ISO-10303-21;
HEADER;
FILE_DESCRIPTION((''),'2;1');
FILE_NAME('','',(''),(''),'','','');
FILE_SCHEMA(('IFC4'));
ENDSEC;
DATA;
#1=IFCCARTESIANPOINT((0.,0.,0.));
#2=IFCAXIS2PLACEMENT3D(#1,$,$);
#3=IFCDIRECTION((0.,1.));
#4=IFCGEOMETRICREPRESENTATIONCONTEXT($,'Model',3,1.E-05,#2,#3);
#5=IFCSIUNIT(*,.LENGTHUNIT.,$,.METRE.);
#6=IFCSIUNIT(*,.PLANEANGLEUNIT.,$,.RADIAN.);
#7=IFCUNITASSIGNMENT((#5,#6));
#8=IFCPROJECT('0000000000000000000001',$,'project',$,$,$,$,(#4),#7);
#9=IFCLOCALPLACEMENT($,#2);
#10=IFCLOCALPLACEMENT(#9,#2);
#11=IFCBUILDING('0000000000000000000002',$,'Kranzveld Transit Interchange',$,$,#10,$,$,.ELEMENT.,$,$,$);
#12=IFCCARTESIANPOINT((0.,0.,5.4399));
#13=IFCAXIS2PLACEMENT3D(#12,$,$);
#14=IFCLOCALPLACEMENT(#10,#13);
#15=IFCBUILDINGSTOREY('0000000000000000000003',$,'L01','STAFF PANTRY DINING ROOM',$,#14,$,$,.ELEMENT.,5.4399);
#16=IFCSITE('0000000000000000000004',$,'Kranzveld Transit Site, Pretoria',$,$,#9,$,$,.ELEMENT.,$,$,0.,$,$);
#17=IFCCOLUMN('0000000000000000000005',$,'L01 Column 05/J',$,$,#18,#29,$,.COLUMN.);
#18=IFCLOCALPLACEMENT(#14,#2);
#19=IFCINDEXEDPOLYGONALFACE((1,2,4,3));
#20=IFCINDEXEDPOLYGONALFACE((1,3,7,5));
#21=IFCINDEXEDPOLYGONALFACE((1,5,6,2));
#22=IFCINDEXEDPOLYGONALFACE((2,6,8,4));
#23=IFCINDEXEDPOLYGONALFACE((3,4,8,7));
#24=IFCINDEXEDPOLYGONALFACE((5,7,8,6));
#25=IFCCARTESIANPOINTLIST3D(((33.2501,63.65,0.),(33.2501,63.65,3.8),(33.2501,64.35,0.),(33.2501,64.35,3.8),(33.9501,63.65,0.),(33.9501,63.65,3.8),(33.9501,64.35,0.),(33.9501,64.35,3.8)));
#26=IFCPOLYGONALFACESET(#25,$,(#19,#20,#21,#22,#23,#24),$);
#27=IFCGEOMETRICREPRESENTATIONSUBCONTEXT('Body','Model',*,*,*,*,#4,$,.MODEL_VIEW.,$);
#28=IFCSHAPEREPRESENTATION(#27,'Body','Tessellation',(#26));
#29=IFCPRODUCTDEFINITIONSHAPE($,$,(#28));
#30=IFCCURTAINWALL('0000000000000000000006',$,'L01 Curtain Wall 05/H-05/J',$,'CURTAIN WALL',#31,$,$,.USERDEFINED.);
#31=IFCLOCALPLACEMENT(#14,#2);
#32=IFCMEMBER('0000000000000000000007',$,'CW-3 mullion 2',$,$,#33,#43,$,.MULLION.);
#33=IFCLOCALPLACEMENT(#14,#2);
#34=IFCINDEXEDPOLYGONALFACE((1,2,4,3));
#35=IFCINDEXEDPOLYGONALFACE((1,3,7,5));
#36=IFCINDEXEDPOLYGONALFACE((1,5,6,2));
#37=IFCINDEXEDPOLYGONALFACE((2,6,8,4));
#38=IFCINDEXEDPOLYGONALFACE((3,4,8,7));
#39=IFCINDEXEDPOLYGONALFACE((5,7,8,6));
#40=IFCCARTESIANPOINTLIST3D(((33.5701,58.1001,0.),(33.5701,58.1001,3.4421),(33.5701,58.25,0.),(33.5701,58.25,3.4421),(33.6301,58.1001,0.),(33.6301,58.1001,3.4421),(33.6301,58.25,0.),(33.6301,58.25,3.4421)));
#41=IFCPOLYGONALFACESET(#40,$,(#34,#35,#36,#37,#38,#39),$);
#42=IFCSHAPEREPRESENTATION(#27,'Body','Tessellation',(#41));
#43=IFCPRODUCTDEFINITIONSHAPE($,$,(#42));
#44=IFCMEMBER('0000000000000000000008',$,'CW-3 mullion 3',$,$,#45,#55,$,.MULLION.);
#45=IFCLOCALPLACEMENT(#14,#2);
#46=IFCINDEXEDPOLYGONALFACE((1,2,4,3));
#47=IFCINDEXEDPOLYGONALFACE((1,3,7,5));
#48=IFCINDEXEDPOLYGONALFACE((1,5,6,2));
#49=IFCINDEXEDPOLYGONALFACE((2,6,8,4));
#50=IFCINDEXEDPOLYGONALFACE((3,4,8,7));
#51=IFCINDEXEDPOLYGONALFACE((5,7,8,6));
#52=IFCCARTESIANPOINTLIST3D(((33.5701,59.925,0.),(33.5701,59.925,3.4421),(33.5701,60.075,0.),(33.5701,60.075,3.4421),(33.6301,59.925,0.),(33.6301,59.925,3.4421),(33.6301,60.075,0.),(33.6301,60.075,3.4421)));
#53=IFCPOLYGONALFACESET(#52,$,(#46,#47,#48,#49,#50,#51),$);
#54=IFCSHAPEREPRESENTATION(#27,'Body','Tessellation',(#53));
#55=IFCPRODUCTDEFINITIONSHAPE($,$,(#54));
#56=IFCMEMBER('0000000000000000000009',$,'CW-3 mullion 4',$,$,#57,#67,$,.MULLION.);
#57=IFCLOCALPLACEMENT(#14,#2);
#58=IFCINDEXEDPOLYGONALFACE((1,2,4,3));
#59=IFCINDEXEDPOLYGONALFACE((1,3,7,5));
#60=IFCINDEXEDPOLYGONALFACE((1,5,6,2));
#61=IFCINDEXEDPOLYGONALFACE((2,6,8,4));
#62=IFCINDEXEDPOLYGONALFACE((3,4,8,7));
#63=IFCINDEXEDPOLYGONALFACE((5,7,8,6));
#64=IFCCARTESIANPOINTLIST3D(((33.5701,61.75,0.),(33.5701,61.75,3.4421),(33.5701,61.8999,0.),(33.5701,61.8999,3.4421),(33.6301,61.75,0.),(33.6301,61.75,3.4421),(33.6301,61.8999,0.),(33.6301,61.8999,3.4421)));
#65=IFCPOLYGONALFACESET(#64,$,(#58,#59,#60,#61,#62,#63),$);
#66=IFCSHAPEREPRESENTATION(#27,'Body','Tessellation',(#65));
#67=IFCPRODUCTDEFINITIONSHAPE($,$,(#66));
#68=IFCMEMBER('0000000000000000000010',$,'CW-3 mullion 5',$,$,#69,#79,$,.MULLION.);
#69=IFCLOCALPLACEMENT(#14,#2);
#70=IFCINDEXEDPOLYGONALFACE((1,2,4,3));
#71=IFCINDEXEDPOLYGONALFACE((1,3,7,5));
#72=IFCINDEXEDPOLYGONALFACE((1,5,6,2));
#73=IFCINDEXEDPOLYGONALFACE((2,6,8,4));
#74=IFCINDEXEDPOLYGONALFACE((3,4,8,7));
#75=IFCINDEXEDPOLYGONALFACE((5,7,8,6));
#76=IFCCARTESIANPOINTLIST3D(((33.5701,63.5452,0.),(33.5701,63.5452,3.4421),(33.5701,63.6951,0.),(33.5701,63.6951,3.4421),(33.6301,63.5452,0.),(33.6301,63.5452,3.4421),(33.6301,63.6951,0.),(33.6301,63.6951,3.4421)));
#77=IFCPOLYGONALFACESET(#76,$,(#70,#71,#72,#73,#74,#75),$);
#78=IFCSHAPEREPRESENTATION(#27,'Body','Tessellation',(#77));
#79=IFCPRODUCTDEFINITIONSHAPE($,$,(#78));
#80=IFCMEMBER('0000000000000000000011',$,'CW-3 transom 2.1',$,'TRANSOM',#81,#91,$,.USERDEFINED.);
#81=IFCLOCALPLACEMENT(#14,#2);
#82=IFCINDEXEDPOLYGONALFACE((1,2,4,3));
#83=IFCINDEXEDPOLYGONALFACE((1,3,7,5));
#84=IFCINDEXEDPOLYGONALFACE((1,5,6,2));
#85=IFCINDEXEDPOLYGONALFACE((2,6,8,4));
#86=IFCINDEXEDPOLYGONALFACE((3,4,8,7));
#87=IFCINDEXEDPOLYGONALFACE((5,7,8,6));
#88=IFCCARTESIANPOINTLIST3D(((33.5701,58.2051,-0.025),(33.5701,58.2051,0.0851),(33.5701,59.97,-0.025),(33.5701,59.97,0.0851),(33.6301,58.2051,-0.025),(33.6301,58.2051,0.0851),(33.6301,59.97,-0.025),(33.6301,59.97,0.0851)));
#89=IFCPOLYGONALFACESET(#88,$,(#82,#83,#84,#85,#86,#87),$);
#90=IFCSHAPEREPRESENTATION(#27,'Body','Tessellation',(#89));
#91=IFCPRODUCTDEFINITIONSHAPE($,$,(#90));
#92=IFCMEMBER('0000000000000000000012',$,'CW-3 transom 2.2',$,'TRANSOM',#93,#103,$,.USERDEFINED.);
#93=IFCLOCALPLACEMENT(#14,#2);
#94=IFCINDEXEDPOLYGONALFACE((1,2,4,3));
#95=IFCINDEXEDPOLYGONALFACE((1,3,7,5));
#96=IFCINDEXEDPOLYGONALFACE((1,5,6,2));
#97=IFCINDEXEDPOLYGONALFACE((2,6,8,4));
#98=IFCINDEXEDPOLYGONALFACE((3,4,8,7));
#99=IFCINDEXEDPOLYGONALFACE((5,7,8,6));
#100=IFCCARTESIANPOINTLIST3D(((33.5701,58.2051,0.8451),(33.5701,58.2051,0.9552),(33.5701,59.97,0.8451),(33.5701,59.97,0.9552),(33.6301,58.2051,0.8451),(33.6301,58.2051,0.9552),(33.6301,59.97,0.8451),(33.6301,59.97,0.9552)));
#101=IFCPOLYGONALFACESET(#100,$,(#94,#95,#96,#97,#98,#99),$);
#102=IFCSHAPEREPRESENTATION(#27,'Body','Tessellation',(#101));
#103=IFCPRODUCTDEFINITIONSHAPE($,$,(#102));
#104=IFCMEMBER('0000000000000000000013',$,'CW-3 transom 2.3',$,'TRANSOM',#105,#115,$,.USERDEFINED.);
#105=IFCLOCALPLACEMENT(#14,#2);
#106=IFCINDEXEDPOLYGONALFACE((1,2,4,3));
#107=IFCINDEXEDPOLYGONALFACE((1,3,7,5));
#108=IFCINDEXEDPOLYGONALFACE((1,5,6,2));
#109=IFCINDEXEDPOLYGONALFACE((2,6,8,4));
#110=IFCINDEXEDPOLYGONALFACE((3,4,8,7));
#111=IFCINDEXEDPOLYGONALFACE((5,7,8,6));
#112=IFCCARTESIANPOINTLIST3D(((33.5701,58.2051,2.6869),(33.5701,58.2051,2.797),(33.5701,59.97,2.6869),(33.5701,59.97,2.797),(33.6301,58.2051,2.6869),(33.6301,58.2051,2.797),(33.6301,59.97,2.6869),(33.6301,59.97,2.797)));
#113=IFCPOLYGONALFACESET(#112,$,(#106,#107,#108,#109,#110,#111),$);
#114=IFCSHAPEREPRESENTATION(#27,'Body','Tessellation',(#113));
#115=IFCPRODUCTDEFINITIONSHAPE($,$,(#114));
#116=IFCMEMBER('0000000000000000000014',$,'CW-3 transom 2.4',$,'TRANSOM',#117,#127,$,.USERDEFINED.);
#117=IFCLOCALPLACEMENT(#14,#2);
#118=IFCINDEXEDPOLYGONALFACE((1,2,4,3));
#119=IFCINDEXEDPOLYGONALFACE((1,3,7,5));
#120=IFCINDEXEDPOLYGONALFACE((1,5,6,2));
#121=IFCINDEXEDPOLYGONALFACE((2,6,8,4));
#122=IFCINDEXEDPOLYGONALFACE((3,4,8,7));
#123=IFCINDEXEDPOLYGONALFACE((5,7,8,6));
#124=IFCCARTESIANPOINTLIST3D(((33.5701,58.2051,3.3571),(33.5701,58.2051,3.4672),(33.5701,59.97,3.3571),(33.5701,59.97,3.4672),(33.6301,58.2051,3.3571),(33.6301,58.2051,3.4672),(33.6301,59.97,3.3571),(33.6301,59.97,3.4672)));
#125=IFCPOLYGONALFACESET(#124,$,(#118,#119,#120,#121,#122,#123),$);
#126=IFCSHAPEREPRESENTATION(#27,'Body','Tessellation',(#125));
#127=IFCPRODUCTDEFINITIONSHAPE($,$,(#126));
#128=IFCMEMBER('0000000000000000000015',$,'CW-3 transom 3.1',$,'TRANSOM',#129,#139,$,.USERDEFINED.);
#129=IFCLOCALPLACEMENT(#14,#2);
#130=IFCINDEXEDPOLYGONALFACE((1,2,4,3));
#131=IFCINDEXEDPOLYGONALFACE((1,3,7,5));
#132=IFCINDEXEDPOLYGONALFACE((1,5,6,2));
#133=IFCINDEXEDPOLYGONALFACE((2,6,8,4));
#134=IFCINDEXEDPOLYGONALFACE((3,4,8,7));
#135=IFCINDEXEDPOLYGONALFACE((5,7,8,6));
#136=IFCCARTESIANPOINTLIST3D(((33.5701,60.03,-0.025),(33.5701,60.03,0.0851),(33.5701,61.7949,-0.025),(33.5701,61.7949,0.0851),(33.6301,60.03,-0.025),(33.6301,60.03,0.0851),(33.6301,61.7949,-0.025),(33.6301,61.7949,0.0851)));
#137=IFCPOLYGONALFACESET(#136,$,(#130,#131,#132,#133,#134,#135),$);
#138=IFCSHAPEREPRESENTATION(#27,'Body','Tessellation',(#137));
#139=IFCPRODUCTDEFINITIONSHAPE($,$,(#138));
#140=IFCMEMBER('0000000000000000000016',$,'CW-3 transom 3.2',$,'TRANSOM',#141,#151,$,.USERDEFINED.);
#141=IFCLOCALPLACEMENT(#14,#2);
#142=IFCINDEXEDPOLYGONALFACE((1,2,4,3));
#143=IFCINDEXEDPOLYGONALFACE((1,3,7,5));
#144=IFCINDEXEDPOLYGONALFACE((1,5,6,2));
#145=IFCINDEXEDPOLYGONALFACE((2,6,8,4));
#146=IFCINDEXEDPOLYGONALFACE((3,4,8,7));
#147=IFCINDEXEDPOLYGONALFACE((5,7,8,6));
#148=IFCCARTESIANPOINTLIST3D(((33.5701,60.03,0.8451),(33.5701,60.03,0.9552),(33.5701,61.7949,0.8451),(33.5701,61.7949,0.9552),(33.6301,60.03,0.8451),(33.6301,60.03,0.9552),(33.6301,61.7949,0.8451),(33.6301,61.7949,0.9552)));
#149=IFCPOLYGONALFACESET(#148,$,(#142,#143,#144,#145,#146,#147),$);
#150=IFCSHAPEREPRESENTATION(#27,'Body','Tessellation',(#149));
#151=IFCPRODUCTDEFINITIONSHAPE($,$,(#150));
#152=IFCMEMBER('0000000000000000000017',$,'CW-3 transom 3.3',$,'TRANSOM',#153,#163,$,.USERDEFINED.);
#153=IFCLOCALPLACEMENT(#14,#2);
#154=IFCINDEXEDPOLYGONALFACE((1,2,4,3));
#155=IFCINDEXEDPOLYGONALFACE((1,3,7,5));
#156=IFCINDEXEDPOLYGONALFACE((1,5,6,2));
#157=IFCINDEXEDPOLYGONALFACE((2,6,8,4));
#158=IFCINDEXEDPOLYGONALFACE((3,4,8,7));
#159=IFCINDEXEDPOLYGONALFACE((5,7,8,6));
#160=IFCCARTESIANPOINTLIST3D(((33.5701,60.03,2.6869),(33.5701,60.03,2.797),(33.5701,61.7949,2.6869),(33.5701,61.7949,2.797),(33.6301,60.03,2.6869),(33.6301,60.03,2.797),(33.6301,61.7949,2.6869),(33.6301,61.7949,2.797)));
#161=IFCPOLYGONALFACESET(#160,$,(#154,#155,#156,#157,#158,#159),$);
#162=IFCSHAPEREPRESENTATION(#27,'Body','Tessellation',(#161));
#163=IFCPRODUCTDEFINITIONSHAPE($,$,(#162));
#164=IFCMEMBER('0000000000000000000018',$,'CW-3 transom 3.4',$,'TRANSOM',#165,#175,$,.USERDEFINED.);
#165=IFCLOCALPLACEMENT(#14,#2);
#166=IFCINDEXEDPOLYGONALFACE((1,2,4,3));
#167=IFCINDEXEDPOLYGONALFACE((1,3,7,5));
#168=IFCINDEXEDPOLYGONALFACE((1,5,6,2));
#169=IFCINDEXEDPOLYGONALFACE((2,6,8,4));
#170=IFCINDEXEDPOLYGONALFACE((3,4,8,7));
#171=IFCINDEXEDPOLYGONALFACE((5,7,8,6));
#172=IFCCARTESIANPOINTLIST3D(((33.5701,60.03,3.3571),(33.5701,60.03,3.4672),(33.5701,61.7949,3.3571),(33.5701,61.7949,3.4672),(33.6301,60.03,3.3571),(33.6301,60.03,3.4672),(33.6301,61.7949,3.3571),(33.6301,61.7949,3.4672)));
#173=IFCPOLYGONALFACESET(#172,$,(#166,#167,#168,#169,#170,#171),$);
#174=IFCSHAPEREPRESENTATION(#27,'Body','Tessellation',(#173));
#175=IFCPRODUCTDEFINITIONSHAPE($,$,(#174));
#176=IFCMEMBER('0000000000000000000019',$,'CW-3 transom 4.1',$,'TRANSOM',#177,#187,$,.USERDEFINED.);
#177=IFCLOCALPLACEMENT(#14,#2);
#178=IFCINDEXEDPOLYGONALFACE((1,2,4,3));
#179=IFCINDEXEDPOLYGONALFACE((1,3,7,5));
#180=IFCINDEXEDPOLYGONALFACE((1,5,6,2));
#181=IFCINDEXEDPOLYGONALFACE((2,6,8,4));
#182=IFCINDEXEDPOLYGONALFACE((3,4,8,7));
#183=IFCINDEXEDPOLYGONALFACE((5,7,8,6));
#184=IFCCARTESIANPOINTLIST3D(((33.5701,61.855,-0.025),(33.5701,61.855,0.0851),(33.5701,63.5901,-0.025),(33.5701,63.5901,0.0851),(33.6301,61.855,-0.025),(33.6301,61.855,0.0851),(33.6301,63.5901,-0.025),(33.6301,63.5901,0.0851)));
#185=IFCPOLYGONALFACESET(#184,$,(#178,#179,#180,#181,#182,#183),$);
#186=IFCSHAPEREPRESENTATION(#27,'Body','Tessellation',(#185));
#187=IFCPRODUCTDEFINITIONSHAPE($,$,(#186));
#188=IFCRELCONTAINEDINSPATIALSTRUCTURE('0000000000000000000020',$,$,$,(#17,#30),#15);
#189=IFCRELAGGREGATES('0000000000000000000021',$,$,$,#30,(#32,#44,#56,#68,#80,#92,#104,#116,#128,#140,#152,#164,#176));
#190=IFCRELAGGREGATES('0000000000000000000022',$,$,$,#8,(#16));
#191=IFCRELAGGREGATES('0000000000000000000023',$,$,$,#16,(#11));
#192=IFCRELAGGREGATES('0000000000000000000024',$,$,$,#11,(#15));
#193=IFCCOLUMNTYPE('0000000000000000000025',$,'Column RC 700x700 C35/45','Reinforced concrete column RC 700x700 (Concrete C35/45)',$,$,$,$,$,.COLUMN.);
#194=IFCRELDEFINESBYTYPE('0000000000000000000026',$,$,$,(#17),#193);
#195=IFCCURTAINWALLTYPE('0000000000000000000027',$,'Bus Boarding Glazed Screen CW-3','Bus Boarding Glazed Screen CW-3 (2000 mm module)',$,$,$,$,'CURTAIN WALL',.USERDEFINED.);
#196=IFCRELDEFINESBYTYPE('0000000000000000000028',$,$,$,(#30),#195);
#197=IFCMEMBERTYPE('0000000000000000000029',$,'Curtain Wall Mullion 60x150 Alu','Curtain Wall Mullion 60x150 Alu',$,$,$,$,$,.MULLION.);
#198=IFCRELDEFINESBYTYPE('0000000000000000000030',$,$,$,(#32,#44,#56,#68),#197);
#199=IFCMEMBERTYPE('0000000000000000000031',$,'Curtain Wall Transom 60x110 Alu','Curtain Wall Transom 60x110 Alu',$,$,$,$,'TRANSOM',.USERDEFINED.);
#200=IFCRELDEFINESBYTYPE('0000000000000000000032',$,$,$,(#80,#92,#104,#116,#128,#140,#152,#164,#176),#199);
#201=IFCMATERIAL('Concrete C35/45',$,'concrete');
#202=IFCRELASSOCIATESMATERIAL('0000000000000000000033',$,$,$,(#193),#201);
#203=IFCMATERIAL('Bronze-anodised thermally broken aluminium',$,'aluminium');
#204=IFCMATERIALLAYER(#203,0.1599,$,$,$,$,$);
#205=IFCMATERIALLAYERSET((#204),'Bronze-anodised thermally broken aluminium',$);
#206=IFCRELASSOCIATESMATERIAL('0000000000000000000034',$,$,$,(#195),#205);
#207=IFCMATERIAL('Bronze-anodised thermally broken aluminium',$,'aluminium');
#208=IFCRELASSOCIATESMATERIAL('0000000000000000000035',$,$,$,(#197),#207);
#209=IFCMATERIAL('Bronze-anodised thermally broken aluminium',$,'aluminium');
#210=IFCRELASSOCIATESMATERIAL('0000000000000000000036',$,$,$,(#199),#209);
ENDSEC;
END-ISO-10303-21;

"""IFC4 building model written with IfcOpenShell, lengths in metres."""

from ifc_helpers import new_model, si_unit, direction, frame, origin, origin_2d, place, context, subcontext, project, spatial, rectangle, extrude, material, layer, layer_set, material_profile, profile_set, type_object, element, aggregate, save


model = new_model("IFC4")

# Units and contexts
model_context = context("Model", 3, precision=1e-05, world=origin(), true_north=direction((0.0, 1.0)))
body_context = subcontext(model_context, "Body", "Model", "MODEL_VIEW")
ifc_project = project(units=[si_unit("LENGTHUNIT", "METRE"), si_unit("PLANEANGLEUNIT", "RADIAN")], contexts=[model_context])

# Site, building, storey
site_placement = place(None, origin())
site = spatial("IfcSite", under=ifc_project, at=site_placement, Name="Kranzveld Transit Site, Pretoria", CompositionType="ELEMENT", RefElevation=0.0)
building_placement = place(site_placement, origin())
building = spatial("IfcBuilding", under=site, at=building_placement, Name="Kranzveld Transit Interchange", CompositionType="ELEMENT")
storey_placement = place(building_placement, frame((0.0, 0.0, 5.4399)))
storey = spatial("IfcBuildingStorey", under=building, at=storey_placement, Name="L01", Description="STAFF PANTRY DINING ROOM", CompositionType="ELEMENT", Elevation=5.4399)

# Column
ifc_material_1 = material(Name="Concrete C35/45", Category="concrete")
ifc_material_profile_1 = material_profile(ifc_material_1, rectangle(XDim=0.7, YDim=0.7, at=origin_2d()), Name="RC 700x700")
ifc_profile_set_1 = profile_set([ifc_material_profile_1], Name="Concrete C35/45")
column_type = type_object("IfcColumnType", Name="Column RC 700x700 C35/45", Description="Reinforced concrete column RC 700x700 (Concrete C35/45)", PredefinedType="COLUMN", material=ifc_profile_set_1)
column_placement = place(storey_placement, frame((33.6001, 64.0, 0.0), z_axis=(0.0, 0.0, 1.0), x_axis=(1.0, 0.0, 0.0)))
element("IfcColumn", 1, at=column_placement, inside=storey, type_object=column_type, Name="L01 Column 05/J", PredefinedType="COLUMN", context=body_context, shape_type="SweptSolid", body=[
    extrude(rectangle(XDim=0.7, YDim=0.7, at=origin_2d()), origin(), (0.0, 0.0, 1.0), 3.8),
])

# Curtain wall, members
ifc_material_2 = material(Name="Bronze-anodised thermally broken aluminium", Category="aluminium")
ifc_layer_1 = layer(ifc_material_2, 0.1599)
ifc_layer_set_1 = layer_set([ifc_layer_1], Name="Bronze-anodised thermally broken aluminium")
curtain_wall_type = type_object("IfcCurtainWallType", Name="Bus Boarding Glazed Screen CW-3", Description="Bus Boarding Glazed Screen CW-3 (2000 mm module)", ElementType="CURTAIN WALL", PredefinedType="USERDEFINED", material=ifc_layer_set_1)
curtain_wall_placement = place(storey_placement, origin())
curtain_wall = element("IfcCurtainWall", 2, at=curtain_wall_placement, inside=storey, type_object=curtain_wall_type, Name="L01 Curtain Wall 05/H-05/J", ObjectType="CURTAIN WALL", PredefinedType="USERDEFINED")
ifc_material_3 = material(Name="Bronze-anodised thermally broken aluminium", Category="aluminium")
ifc_material_profile_2 = material_profile(ifc_material_3, rectangle(XDim=0.0601, YDim=0.1499, at=origin_2d()), Name="ALU MULLION 60x150")
ifc_profile_set_2 = profile_set([ifc_material_profile_2], Name="Bronze-anodised thermally broken aluminium")
member_type_1 = type_object("IfcMemberType", Name="Curtain Wall Mullion 60x150 Alu", Description="Curtain Wall Mullion 60x150 Alu", PredefinedType="MULLION", material=ifc_profile_set_2)
member_1_placement = place(storey_placement, frame((33.6001, 58.175, 0.0), z_axis=(0.0, 0.0, 1.0), x_axis=(-1.0, 0.0, 0.0)))
member_1 = element("IfcMember", 3, at=member_1_placement, type_object=member_type_1, Name="CW-3 mullion 2", PredefinedType="MULLION", context=body_context, shape_type="SweptSolid", body=[
    extrude(rectangle(XDim=0.0601, YDim=0.1499, at=origin_2d()), origin(), (0.0, 0.0, 1.0), 3.4421),
])
member_2_placement = place(storey_placement, frame((33.6001, 60.0, 0.0), z_axis=(0.0, 0.0, 1.0), x_axis=(-1.0, 0.0, 0.0)))
member_2 = element("IfcMember", 4, at=member_2_placement, type_object=member_type_1, Name="CW-3 mullion 3", PredefinedType="MULLION", context=body_context, shape_type="SweptSolid", body=[
    extrude(rectangle(XDim=0.0601, YDim=0.1499, at=origin_2d()), origin(), (0.0, 0.0, 1.0), 3.4421),
])
member_3_placement = place(storey_placement, frame((33.6001, 61.825, 0.0), z_axis=(0.0, 0.0, 1.0), x_axis=(-1.0, 0.0, 0.0)))
member_3 = element("IfcMember", 5, at=member_3_placement, type_object=member_type_1, Name="CW-3 mullion 4", PredefinedType="MULLION", context=body_context, shape_type="SweptSolid", body=[
    extrude(rectangle(XDim=0.0601, YDim=0.1499, at=origin_2d()), origin(), (0.0, 0.0, 1.0), 3.4421),
])
member_4_placement = place(storey_placement, frame((33.6001, 63.6201, 0.0), z_axis=(0.0, 0.0, 1.0), x_axis=(-1.0, 0.0, 0.0)))
member_4 = element("IfcMember", 6, at=member_4_placement, type_object=member_type_1, Name="CW-3 mullion 5", PredefinedType="MULLION", context=body_context, shape_type="SweptSolid", body=[
    extrude(rectangle(XDim=0.0601, YDim=0.1499, at=origin_2d()), origin(), (0.0, 0.0, 1.0), 3.4421),
])
ifc_material_4 = material(Name="Bronze-anodised thermally broken aluminium", Category="aluminium")
ifc_material_profile_3 = material_profile(ifc_material_4, rectangle(XDim=0.0601, YDim=0.1101, at=origin_2d()), Name="ALU TRANSOM 60x110")
ifc_profile_set_3 = profile_set([ifc_material_profile_3], Name="Bronze-anodised thermally broken aluminium")
member_type_2 = type_object("IfcMemberType", Name="Curtain Wall Transom 60x110 Alu", Description="Curtain Wall Transom 60x110 Alu", ElementType="TRANSOM", PredefinedType="USERDEFINED", material=ifc_profile_set_3)
member_5_placement = place(storey_placement, frame((33.6001, 58.2051, 0.03), z_axis=(0.0, 1.0, 0.0), x_axis=(-1.0, 0.0, 0.0)))
member_5 = element("IfcMember", 7, at=member_5_placement, type_object=member_type_2, Name="CW-3 transom 2.1", ObjectType="TRANSOM", PredefinedType="USERDEFINED", context=body_context, shape_type="SweptSolid", body=[
    extrude(rectangle(XDim=0.0601, YDim=0.1101, at=origin_2d()), origin(), (0.0, 0.0, 1.0), 1.7649),
])
member_6_placement = place(storey_placement, frame((33.6001, 58.2051, 0.9001), z_axis=(0.0, 1.0, 0.0), x_axis=(-1.0, 0.0, 0.0)))
member_6 = element("IfcMember", 8, at=member_6_placement, type_object=member_type_2, Name="CW-3 transom 2.2", ObjectType="TRANSOM", PredefinedType="USERDEFINED", context=body_context, shape_type="SweptSolid", body=[
    extrude(rectangle(XDim=0.0601, YDim=0.1101, at=origin_2d()), origin(), (0.0, 0.0, 1.0), 1.7649),
])
member_7_placement = place(storey_placement, frame((33.6001, 58.2051, 2.7419), z_axis=(0.0, 1.0, 0.0), x_axis=(-1.0, 0.0, 0.0)))
member_7 = element("IfcMember", 9, at=member_7_placement, type_object=member_type_2, Name="CW-3 transom 2.3", ObjectType="TRANSOM", PredefinedType="USERDEFINED", context=body_context, shape_type="SweptSolid", body=[
    extrude(rectangle(XDim=0.0601, YDim=0.1101, at=origin_2d()), origin(), (0.0, 0.0, 1.0), 1.7649),
])
member_8_placement = place(storey_placement, frame((33.6001, 58.2051, 3.4121), z_axis=(0.0, 1.0, 0.0), x_axis=(-1.0, 0.0, 0.0)))
member_8 = element("IfcMember", 10, at=member_8_placement, type_object=member_type_2, Name="CW-3 transom 2.4", ObjectType="TRANSOM", PredefinedType="USERDEFINED", context=body_context, shape_type="SweptSolid", body=[
    extrude(rectangle(XDim=0.0601, YDim=0.1101, at=origin_2d()), origin(), (0.0, 0.0, 1.0), 1.7649),
])
member_9_placement = place(storey_placement, frame((33.6001, 60.03, 0.03), z_axis=(0.0, 1.0, 0.0), x_axis=(-1.0, 0.0, 0.0)))
member_9 = element("IfcMember", 11, at=member_9_placement, type_object=member_type_2, Name="CW-3 transom 3.1", ObjectType="TRANSOM", PredefinedType="USERDEFINED", context=body_context, shape_type="SweptSolid", body=[
    extrude(rectangle(XDim=0.0601, YDim=0.1101, at=origin_2d()), origin(), (0.0, 0.0, 1.0), 1.7649),
])
member_10_placement = place(storey_placement, frame((33.6001, 60.03, 0.9001), z_axis=(0.0, 1.0, 0.0), x_axis=(-1.0, 0.0, 0.0)))
member_10 = element("IfcMember", 12, at=member_10_placement, type_object=member_type_2, Name="CW-3 transom 3.2", ObjectType="TRANSOM", PredefinedType="USERDEFINED", context=body_context, shape_type="SweptSolid", body=[
    extrude(rectangle(XDim=0.0601, YDim=0.1101, at=origin_2d()), origin(), (0.0, 0.0, 1.0), 1.7649),
])
member_11_placement = place(storey_placement, frame((33.6001, 60.03, 2.7419), z_axis=(0.0, 1.0, 0.0), x_axis=(-1.0, 0.0, 0.0)))
member_11 = element("IfcMember", 13, at=member_11_placement, type_object=member_type_2, Name="CW-3 transom 3.3", ObjectType="TRANSOM", PredefinedType="USERDEFINED", context=body_context, shape_type="SweptSolid", body=[
    extrude(rectangle(XDim=0.0601, YDim=0.1101, at=origin_2d()), origin(), (0.0, 0.0, 1.0), 1.7649),
])
member_12_placement = place(storey_placement, frame((33.6001, 60.03, 3.4121), z_axis=(0.0, 1.0, 0.0), x_axis=(-1.0, 0.0, 0.0)))
member_12 = element("IfcMember", 14, at=member_12_placement, type_object=member_type_2, Name="CW-3 transom 3.4", ObjectType="TRANSOM", PredefinedType="USERDEFINED", context=body_context, shape_type="SweptSolid", body=[
    extrude(rectangle(XDim=0.0601, YDim=0.1101, at=origin_2d()), origin(), (0.0, 0.0, 1.0), 1.7649),
])
member_13_placement = place(storey_placement, frame((33.6001, 61.855, 0.03), z_axis=(0.0, 1.0, 0.0), x_axis=(-1.0, 0.0, 0.0)))
member_13 = element("IfcMember", 15, at=member_13_placement, type_object=member_type_2, Name="CW-3 transom 4.1", ObjectType="TRANSOM", PredefinedType="USERDEFINED", context=body_context, shape_type="SweptSolid", body=[
    extrude(rectangle(XDim=0.0601, YDim=0.1101, at=origin_2d()), origin(), (0.0, 0.0, 1.0), 1.7351),
])
aggregate(curtain_wall, [member_1, member_2, member_3, member_4, member_5, member_6, member_7, member_8, member_9, member_10, member_11, member_12, member_13])

save(model, "model.ifc")
